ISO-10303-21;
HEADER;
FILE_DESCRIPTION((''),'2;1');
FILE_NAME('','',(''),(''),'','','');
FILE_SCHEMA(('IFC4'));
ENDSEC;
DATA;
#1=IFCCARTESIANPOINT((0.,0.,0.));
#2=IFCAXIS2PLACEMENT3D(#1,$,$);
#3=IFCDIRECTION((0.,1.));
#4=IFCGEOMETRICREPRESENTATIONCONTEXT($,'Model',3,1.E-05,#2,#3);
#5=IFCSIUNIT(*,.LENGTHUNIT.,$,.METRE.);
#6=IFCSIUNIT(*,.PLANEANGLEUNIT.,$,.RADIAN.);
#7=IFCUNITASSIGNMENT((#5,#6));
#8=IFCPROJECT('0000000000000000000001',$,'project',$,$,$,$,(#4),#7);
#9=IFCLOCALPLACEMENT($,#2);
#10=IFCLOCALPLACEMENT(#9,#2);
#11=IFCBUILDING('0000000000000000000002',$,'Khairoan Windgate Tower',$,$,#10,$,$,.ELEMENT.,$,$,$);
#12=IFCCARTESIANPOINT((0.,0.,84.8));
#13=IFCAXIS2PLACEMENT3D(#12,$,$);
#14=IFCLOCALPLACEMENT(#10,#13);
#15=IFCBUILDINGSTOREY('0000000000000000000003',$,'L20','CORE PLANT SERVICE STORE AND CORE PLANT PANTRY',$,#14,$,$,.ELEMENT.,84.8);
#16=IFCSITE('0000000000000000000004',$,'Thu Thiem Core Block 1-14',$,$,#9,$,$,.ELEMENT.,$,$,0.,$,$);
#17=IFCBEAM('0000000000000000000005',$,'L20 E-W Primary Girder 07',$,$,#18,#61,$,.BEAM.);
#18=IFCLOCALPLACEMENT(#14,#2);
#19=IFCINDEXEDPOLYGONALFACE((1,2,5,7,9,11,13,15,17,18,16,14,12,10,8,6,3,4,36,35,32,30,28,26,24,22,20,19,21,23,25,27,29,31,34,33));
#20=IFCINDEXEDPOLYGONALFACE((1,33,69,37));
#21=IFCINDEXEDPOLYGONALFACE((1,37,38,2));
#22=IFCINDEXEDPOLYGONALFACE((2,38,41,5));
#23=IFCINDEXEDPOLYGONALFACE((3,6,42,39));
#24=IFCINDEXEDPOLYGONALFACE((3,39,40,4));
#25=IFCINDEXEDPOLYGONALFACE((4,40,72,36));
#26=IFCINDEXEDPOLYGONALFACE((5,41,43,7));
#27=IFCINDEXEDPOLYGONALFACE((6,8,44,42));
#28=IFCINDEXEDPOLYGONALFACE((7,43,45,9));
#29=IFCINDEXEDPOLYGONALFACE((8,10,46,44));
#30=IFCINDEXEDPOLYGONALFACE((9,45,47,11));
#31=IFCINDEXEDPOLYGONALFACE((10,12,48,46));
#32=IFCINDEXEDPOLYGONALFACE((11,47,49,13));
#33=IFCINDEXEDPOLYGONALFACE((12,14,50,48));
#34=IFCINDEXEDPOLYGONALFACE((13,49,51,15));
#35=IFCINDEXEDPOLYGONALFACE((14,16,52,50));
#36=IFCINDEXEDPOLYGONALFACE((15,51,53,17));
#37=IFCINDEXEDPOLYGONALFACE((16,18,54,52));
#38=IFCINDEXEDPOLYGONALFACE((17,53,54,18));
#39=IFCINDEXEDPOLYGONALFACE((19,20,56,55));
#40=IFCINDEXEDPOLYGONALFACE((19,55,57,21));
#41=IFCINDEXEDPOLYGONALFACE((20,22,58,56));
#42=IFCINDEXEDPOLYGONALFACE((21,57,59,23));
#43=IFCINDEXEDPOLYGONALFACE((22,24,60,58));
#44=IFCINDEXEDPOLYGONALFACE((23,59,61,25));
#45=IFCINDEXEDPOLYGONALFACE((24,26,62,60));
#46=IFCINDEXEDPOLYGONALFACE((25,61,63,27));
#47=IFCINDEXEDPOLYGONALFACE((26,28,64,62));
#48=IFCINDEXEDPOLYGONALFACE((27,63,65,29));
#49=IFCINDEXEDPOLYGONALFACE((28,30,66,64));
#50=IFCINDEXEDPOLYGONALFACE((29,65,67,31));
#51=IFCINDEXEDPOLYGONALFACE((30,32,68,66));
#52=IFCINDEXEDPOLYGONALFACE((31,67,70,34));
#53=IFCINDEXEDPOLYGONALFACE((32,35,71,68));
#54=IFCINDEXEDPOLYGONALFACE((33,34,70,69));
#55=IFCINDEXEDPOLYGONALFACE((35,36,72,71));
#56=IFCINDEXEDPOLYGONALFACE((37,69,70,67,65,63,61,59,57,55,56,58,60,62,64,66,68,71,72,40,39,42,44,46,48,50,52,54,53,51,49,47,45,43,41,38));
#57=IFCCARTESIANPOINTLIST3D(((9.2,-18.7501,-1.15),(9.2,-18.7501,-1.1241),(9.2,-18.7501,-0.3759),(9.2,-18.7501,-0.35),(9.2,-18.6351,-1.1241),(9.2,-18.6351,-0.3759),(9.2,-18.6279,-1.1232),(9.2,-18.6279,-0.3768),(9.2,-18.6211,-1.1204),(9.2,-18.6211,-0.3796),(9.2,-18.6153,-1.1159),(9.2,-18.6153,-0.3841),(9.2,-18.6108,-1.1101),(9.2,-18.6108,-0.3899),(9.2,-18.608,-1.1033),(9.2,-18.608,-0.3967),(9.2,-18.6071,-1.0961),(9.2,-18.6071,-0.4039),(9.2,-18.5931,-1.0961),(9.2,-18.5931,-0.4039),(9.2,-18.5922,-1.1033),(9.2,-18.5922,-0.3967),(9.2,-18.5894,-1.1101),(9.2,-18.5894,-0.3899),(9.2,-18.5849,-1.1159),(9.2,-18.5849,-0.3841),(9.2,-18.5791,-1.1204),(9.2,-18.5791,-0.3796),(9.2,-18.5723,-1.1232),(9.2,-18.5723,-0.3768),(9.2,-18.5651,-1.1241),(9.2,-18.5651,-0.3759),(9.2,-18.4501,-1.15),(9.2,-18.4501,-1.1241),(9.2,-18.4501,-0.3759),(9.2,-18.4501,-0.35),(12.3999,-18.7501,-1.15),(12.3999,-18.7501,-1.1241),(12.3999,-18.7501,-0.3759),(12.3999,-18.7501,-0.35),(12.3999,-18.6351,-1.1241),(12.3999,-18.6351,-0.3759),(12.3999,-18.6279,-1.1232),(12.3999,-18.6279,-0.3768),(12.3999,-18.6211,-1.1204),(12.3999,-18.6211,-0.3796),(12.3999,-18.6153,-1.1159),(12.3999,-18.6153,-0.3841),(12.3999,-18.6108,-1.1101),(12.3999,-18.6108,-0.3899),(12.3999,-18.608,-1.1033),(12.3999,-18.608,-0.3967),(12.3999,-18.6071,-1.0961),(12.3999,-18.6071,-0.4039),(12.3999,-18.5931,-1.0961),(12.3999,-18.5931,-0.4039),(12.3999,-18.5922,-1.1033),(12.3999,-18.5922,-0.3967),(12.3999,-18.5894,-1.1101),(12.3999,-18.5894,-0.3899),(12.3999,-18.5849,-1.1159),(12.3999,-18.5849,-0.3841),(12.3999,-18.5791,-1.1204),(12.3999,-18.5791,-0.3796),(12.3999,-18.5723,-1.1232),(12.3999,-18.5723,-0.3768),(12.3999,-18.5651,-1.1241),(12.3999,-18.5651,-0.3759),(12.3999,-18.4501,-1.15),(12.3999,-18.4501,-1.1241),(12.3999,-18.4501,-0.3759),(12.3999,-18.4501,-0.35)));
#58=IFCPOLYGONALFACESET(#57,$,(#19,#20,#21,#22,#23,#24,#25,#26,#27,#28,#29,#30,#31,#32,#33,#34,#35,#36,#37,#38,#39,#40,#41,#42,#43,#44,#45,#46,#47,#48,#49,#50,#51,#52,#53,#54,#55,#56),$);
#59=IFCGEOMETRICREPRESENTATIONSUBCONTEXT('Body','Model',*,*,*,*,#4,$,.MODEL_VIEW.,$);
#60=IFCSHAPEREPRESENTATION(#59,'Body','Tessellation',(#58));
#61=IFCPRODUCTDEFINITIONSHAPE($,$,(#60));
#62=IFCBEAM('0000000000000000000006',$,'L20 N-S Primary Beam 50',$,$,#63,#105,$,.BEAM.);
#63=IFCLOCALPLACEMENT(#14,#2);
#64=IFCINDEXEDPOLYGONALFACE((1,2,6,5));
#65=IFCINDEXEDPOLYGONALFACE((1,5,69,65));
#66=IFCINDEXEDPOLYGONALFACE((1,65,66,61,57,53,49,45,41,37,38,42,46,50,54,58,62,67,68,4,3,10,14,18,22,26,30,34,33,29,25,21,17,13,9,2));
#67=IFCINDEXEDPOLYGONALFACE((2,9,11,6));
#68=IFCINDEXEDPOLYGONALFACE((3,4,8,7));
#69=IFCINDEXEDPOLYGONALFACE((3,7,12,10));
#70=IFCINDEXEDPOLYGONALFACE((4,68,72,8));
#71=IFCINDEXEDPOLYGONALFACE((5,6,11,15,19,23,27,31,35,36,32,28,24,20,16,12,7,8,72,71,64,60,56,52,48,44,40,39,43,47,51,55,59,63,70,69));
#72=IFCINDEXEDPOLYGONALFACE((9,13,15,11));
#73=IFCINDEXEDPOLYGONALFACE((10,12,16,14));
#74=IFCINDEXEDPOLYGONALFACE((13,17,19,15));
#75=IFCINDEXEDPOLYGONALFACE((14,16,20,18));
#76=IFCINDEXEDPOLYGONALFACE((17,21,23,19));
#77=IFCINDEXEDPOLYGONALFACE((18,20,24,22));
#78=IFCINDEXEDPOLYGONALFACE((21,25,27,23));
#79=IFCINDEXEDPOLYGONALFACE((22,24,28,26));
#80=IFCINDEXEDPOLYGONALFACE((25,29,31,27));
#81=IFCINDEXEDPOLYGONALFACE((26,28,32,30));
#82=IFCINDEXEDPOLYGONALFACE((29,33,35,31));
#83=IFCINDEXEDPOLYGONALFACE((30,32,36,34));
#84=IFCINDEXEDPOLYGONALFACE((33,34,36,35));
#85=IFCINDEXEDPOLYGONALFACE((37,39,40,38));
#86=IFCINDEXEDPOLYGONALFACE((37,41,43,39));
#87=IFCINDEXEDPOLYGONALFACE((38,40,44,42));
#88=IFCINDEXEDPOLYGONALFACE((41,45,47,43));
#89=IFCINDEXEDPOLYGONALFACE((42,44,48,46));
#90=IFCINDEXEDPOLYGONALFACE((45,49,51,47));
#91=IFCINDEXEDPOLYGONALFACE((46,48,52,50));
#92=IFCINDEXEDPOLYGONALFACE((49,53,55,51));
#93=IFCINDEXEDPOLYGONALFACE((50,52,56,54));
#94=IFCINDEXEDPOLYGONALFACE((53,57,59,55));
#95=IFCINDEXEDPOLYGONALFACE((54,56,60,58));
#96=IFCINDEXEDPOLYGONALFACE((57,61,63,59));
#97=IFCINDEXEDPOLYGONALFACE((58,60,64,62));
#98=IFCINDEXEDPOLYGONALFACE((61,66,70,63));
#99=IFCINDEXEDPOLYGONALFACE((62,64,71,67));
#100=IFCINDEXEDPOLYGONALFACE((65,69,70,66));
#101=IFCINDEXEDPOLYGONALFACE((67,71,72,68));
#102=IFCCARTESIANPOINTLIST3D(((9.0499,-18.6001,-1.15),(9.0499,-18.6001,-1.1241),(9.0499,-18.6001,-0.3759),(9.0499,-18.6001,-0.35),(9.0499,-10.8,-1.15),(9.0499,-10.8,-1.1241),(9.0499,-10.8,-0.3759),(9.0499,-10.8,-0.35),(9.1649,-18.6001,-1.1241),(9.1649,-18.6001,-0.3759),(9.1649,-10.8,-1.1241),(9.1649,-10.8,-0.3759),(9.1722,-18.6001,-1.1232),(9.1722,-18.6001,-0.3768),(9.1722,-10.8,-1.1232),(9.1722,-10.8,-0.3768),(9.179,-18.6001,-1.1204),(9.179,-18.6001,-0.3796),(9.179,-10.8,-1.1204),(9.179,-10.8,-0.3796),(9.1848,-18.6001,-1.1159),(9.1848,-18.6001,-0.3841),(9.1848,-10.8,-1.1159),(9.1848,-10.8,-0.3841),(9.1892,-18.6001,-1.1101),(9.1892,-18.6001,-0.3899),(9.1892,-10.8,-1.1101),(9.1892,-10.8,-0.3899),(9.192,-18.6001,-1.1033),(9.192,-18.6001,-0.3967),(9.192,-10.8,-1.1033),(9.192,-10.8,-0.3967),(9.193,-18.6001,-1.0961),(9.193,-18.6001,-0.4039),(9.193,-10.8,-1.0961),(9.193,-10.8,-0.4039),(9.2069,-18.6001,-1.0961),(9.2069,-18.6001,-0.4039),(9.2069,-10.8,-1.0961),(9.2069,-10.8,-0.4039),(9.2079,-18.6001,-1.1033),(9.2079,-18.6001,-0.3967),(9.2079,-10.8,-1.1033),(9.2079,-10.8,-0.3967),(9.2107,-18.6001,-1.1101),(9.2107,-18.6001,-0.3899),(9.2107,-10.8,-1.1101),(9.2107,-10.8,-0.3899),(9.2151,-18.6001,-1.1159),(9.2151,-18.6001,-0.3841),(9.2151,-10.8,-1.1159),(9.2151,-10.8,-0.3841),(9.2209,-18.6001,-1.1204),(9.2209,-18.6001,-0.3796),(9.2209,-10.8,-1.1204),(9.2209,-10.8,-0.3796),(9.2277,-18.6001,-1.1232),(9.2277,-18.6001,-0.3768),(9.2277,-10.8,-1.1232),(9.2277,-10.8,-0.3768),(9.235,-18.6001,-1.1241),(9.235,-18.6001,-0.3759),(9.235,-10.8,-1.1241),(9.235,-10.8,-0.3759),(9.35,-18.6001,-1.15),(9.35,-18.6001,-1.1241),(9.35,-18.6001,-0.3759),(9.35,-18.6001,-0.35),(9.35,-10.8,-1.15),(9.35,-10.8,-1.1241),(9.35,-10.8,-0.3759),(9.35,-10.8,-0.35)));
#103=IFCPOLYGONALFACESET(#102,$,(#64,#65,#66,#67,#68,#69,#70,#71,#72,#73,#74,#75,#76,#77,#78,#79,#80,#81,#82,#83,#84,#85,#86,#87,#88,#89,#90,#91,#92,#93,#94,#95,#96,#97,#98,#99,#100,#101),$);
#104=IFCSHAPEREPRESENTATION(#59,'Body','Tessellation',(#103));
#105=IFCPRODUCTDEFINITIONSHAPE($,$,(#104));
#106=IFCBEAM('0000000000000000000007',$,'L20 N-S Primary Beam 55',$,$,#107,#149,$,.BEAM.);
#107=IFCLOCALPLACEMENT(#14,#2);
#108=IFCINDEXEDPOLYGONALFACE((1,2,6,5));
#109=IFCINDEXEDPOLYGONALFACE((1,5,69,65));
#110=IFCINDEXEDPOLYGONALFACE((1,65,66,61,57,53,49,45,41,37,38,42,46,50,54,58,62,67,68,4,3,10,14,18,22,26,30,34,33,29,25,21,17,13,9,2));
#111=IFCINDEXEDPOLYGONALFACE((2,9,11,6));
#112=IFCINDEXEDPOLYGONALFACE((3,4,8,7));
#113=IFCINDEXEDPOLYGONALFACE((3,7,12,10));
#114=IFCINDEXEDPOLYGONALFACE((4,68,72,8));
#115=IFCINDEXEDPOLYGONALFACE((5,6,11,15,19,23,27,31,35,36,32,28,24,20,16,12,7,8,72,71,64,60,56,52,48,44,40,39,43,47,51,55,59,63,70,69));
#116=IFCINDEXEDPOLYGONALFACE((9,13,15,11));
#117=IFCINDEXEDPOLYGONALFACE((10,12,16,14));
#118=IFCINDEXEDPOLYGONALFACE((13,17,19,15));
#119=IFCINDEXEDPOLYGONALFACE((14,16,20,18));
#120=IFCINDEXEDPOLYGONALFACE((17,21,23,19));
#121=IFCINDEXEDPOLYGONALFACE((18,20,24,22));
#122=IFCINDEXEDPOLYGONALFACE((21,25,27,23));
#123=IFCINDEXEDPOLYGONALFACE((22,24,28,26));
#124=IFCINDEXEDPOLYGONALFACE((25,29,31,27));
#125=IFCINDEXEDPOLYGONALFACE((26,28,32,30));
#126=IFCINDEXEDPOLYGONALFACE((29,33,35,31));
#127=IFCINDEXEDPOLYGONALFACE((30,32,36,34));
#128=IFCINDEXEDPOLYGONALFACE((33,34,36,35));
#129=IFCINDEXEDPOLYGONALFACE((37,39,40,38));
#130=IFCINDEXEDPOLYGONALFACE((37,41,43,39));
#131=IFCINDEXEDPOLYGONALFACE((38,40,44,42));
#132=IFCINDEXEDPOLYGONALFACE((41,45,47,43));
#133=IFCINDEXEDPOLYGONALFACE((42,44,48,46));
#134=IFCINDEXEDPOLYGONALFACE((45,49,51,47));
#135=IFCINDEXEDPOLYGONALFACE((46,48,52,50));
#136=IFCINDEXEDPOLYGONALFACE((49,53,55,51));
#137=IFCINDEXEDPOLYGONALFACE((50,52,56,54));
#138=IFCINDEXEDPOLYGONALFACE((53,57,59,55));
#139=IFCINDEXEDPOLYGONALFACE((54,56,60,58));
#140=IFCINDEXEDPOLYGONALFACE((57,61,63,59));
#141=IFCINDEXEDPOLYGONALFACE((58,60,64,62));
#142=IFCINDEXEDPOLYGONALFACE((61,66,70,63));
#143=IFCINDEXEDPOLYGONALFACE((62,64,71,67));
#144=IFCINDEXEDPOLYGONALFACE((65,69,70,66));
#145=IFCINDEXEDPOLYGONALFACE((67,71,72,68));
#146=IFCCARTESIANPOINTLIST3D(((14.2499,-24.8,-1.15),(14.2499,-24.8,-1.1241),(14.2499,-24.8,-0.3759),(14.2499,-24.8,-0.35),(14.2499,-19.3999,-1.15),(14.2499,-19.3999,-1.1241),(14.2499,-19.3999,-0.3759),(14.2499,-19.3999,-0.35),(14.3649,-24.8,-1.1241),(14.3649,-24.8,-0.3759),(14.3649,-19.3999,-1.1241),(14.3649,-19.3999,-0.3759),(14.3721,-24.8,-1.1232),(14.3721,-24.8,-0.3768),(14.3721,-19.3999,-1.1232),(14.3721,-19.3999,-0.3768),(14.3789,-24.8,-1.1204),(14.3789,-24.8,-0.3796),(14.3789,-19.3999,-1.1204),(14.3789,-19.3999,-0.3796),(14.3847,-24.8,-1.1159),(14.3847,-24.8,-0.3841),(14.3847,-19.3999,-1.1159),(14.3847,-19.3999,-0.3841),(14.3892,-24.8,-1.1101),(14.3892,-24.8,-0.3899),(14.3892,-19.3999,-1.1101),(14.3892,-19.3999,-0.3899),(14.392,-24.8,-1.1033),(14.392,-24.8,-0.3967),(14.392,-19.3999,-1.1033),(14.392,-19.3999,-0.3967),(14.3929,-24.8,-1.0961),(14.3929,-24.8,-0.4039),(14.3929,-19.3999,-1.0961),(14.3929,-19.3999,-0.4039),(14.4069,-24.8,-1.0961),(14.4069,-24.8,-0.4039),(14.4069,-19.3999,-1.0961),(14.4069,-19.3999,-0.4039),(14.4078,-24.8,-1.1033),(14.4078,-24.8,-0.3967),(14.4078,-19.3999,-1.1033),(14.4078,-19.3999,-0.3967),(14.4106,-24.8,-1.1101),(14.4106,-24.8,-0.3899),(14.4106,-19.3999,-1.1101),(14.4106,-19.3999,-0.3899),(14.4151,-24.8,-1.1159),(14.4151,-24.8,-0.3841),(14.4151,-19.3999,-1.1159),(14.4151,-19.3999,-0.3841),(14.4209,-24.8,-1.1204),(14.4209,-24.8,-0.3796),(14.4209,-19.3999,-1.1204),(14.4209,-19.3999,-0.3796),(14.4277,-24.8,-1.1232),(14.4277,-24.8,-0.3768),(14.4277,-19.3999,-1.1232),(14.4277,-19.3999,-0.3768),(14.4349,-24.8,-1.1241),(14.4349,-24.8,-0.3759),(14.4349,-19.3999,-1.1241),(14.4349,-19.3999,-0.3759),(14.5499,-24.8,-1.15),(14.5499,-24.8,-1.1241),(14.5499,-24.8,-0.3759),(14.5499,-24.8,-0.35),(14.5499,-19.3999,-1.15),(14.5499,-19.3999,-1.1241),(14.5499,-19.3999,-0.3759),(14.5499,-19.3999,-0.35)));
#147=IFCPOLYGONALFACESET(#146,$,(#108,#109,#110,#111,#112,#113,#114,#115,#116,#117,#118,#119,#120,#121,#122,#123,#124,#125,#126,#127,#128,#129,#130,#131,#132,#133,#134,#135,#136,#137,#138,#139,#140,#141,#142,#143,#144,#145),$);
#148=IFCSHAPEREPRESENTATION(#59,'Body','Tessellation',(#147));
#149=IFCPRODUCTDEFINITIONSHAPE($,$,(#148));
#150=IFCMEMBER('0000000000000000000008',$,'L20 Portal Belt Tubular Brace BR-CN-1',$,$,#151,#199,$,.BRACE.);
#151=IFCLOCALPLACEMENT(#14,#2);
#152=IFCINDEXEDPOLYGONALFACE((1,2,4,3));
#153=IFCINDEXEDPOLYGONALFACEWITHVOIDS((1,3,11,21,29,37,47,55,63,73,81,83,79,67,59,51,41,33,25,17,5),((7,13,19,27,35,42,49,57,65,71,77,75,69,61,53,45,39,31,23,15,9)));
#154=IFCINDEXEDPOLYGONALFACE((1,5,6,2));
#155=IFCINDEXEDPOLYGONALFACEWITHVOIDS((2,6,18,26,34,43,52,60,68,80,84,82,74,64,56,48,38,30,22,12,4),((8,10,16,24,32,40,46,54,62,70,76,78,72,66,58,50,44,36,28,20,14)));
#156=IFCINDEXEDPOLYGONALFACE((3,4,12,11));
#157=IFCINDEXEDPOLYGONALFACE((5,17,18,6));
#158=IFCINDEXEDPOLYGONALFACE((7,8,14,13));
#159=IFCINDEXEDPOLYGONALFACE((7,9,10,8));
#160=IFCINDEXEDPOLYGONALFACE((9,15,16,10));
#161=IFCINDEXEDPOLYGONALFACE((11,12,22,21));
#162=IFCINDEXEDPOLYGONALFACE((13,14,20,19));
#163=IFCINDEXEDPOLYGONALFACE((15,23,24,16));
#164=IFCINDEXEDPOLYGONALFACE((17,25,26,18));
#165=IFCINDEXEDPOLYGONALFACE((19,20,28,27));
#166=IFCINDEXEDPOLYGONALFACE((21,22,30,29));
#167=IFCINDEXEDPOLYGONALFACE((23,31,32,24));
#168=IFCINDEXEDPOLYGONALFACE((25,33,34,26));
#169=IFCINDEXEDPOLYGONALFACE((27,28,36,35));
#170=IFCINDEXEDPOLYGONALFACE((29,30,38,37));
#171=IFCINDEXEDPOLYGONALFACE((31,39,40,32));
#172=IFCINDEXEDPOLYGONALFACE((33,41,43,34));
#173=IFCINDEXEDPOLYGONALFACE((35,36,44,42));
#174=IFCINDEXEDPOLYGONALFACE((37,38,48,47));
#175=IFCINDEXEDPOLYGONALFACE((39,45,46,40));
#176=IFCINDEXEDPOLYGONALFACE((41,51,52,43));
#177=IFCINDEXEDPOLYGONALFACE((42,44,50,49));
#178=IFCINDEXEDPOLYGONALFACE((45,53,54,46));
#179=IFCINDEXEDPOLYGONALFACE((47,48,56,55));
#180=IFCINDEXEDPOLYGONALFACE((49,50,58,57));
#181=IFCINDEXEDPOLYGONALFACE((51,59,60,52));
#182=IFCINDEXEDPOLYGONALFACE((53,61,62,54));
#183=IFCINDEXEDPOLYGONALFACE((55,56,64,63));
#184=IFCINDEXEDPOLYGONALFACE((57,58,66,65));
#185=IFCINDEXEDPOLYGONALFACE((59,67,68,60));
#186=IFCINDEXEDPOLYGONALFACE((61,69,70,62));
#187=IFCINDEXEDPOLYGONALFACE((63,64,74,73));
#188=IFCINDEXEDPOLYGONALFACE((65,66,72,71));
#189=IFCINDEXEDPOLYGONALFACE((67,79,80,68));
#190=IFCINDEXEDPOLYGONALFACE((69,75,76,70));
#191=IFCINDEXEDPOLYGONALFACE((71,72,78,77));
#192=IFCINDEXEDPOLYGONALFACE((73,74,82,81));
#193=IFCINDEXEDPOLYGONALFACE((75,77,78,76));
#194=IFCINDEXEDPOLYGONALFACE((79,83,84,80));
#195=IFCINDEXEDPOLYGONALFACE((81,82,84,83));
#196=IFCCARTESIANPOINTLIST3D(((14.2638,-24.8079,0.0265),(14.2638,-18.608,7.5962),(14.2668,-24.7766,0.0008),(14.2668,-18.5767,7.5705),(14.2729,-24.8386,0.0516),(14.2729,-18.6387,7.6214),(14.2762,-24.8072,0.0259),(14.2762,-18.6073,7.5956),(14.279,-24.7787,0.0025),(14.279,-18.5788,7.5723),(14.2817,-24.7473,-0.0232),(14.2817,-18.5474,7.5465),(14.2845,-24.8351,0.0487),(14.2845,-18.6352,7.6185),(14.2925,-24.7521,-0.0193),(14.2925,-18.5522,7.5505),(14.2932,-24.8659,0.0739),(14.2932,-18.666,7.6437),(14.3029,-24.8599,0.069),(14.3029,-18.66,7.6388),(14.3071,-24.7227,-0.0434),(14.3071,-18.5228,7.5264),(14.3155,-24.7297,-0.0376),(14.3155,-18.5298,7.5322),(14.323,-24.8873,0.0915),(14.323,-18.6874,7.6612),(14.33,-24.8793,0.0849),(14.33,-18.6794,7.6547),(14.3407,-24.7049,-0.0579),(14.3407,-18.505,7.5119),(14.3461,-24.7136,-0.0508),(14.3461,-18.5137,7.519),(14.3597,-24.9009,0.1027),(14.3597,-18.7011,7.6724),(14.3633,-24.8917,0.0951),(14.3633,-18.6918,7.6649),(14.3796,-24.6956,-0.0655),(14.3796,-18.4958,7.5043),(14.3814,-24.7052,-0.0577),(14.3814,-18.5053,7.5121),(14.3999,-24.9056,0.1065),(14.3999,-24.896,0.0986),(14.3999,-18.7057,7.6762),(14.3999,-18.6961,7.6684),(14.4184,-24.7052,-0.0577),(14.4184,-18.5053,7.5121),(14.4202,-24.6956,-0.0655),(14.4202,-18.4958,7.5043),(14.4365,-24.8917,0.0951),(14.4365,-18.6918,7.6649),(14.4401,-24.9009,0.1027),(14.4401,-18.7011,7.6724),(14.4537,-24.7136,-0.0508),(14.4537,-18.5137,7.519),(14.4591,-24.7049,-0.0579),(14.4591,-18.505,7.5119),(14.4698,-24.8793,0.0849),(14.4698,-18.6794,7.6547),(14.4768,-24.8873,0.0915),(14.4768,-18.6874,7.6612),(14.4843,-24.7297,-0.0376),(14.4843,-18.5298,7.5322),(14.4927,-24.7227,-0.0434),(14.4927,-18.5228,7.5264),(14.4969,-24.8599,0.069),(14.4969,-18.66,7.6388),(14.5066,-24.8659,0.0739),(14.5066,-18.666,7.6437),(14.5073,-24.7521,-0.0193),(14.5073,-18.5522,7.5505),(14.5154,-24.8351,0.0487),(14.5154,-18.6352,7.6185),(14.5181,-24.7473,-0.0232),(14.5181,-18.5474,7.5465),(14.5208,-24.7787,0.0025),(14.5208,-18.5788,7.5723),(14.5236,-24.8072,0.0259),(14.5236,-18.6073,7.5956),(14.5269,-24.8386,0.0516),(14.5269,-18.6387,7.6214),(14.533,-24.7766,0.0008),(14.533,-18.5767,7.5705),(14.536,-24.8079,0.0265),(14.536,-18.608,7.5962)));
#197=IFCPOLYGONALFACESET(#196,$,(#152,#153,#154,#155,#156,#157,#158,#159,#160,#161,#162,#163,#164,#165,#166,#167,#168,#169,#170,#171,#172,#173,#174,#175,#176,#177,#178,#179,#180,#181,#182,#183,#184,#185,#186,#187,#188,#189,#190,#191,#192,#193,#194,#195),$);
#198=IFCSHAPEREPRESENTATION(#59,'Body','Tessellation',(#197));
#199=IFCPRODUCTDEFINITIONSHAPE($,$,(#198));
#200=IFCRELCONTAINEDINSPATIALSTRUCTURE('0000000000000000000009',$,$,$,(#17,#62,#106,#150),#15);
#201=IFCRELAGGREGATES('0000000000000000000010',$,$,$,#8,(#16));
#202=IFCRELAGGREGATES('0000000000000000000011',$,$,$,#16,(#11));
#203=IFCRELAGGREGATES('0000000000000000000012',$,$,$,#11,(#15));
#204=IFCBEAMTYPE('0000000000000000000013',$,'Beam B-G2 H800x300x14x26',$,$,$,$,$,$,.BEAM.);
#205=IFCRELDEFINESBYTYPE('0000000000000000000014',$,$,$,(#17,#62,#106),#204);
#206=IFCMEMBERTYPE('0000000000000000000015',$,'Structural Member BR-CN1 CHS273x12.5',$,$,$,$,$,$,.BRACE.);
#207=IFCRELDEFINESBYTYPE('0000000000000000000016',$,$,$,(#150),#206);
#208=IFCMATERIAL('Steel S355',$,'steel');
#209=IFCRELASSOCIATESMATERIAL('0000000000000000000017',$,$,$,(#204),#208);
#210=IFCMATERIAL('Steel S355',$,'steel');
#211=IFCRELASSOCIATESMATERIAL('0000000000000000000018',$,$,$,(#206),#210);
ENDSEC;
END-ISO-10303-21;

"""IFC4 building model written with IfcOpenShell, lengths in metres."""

from ifc_helpers import new_model, si_unit, direction, frame, origin, origin_2d, place, context, subcontext, project, spatial, hollow_circle, i_section, extrude, material, material_profile, profile_set, type_object, element, save


model = new_model("IFC4")

# Units and contexts
model_context = context("Model", 3, precision=1e-05, world=origin(), true_north=direction((0.0, 1.0)))
body_context = subcontext(model_context, "Body", "Model", "MODEL_VIEW")
ifc_project = project(units=[si_unit("LENGTHUNIT", "METRE"), si_unit("PLANEANGLEUNIT", "RADIAN")], contexts=[model_context])

# Site, building, storey
site_placement = place(None, origin())
site = spatial("IfcSite", under=ifc_project, at=site_placement, Name="Thu Thiem Core Block 1-14", CompositionType="ELEMENT", RefElevation=0.0)
building_placement = place(site_placement, origin())
building = spatial("IfcBuilding", under=site, at=building_placement, Name="Khairoan Windgate Tower", CompositionType="ELEMENT")
storey_placement = place(building_placement, frame((0.0, 0.0, 84.8)))
storey = spatial("IfcBuildingStorey", under=building, at=storey_placement, Name="L20", Description="CORE PLANT SERVICE STORE AND CORE PLANT PANTRY", CompositionType="ELEMENT", Elevation=84.8)

# Beams
ifc_material_1 = material(Name="Steel S355", Category="steel")
ifc_material_profile_1 = material_profile(ifc_material_1, i_section(OverallWidth=0.3, OverallDepth=0.8, WebThickness=0.0139, FlangeThickness=0.0259, FilletRadius=0.0281, at=origin_2d()))
ifc_profile_set_1 = profile_set([ifc_material_profile_1], Name="Steel S355")
beam_type = type_object("IfcBeamType", Name="Beam B-G2 H800x300x14x26", PredefinedType="BEAM", material=ifc_profile_set_1)
beam_1_placement = place(storey_placement, frame((9.2, -18.6001, -0.75), z_axis=(1.0, 0.0, 0.0), x_axis=(0.0, 1.0, 0.0)))
element("IfcBeam", 1, at=beam_1_placement, inside=storey, type_object=beam_type, Name="L20 E-W Primary Girder 07", PredefinedType="BEAM", context=body_context, shape_type="SweptSolid", body=[
    extrude(i_section(OverallWidth=0.3, OverallDepth=0.8, WebThickness=0.0139, FlangeThickness=0.0259, FilletRadius=0.0281, at=origin_2d()), origin(), (0.0, 0.0, 1.0), 3.2),
])
beam_2_placement = place(storey_placement, frame((9.2, -18.6001, -0.75), z_axis=(0.0, 1.0, 0.0), x_axis=(-1.0, 0.0, 0.0)))
element("IfcBeam", 2, at=beam_2_placement, inside=storey, type_object=beam_type, Name="L20 N-S Primary Beam 50", PredefinedType="BEAM", context=body_context, shape_type="SweptSolid", body=[
    extrude(i_section(OverallWidth=0.3, OverallDepth=0.8, WebThickness=0.0139, FlangeThickness=0.0259, FilletRadius=0.0281, at=origin_2d()), origin(), (0.0, 0.0, 1.0), 7.8),
])
beam_3_placement = place(storey_placement, frame((14.3999, -24.8, -0.75), z_axis=(0.0, 1.0, 0.0), x_axis=(-1.0, 0.0, 0.0)))
element("IfcBeam", 3, at=beam_3_placement, inside=storey, type_object=beam_type, Name="L20 N-S Primary Beam 55", PredefinedType="BEAM", context=body_context, shape_type="SweptSolid", body=[
    extrude(i_section(OverallWidth=0.3, OverallDepth=0.8, WebThickness=0.0139, FlangeThickness=0.0259, FilletRadius=0.0281, at=origin_2d()), origin(), (0.0, 0.0, 1.0), 5.4001),
])

# Member
ifc_material_2 = material(Name="Steel S355", Category="steel")
ifc_material_profile_2 = material_profile(ifc_material_2, hollow_circle(Radius=0.1365, WallThickness=0.0125, at=origin_2d()))
ifc_profile_set_2 = profile_set([ifc_material_profile_2], Name="Steel S355")
member_type = type_object("IfcMemberType", Name="Structural Member BR-CN1 CHS273x12.5", PredefinedType="BRACE", material=ifc_profile_set_2)
member_placement = place(storey_placement, frame((14.3999, -24.8, 0.02), z_axis=(0.0, 0.633633, 0.773634), x_axis=(0.0, -0.773634, 0.633633)))
element("IfcMember", 4, at=member_placement, inside=storey, type_object=member_type, Name="L20 Portal Belt Tubular Brace BR-CN-1", PredefinedType="BRACE", context=body_context, shape_type="SweptSolid", body=[
    extrude(hollow_circle(Radius=0.1365, WallThickness=0.0125, at=origin_2d()), origin(), (0.0, 0.0, 1.0), 9.7847),
])

save(model, "model.ifc")
